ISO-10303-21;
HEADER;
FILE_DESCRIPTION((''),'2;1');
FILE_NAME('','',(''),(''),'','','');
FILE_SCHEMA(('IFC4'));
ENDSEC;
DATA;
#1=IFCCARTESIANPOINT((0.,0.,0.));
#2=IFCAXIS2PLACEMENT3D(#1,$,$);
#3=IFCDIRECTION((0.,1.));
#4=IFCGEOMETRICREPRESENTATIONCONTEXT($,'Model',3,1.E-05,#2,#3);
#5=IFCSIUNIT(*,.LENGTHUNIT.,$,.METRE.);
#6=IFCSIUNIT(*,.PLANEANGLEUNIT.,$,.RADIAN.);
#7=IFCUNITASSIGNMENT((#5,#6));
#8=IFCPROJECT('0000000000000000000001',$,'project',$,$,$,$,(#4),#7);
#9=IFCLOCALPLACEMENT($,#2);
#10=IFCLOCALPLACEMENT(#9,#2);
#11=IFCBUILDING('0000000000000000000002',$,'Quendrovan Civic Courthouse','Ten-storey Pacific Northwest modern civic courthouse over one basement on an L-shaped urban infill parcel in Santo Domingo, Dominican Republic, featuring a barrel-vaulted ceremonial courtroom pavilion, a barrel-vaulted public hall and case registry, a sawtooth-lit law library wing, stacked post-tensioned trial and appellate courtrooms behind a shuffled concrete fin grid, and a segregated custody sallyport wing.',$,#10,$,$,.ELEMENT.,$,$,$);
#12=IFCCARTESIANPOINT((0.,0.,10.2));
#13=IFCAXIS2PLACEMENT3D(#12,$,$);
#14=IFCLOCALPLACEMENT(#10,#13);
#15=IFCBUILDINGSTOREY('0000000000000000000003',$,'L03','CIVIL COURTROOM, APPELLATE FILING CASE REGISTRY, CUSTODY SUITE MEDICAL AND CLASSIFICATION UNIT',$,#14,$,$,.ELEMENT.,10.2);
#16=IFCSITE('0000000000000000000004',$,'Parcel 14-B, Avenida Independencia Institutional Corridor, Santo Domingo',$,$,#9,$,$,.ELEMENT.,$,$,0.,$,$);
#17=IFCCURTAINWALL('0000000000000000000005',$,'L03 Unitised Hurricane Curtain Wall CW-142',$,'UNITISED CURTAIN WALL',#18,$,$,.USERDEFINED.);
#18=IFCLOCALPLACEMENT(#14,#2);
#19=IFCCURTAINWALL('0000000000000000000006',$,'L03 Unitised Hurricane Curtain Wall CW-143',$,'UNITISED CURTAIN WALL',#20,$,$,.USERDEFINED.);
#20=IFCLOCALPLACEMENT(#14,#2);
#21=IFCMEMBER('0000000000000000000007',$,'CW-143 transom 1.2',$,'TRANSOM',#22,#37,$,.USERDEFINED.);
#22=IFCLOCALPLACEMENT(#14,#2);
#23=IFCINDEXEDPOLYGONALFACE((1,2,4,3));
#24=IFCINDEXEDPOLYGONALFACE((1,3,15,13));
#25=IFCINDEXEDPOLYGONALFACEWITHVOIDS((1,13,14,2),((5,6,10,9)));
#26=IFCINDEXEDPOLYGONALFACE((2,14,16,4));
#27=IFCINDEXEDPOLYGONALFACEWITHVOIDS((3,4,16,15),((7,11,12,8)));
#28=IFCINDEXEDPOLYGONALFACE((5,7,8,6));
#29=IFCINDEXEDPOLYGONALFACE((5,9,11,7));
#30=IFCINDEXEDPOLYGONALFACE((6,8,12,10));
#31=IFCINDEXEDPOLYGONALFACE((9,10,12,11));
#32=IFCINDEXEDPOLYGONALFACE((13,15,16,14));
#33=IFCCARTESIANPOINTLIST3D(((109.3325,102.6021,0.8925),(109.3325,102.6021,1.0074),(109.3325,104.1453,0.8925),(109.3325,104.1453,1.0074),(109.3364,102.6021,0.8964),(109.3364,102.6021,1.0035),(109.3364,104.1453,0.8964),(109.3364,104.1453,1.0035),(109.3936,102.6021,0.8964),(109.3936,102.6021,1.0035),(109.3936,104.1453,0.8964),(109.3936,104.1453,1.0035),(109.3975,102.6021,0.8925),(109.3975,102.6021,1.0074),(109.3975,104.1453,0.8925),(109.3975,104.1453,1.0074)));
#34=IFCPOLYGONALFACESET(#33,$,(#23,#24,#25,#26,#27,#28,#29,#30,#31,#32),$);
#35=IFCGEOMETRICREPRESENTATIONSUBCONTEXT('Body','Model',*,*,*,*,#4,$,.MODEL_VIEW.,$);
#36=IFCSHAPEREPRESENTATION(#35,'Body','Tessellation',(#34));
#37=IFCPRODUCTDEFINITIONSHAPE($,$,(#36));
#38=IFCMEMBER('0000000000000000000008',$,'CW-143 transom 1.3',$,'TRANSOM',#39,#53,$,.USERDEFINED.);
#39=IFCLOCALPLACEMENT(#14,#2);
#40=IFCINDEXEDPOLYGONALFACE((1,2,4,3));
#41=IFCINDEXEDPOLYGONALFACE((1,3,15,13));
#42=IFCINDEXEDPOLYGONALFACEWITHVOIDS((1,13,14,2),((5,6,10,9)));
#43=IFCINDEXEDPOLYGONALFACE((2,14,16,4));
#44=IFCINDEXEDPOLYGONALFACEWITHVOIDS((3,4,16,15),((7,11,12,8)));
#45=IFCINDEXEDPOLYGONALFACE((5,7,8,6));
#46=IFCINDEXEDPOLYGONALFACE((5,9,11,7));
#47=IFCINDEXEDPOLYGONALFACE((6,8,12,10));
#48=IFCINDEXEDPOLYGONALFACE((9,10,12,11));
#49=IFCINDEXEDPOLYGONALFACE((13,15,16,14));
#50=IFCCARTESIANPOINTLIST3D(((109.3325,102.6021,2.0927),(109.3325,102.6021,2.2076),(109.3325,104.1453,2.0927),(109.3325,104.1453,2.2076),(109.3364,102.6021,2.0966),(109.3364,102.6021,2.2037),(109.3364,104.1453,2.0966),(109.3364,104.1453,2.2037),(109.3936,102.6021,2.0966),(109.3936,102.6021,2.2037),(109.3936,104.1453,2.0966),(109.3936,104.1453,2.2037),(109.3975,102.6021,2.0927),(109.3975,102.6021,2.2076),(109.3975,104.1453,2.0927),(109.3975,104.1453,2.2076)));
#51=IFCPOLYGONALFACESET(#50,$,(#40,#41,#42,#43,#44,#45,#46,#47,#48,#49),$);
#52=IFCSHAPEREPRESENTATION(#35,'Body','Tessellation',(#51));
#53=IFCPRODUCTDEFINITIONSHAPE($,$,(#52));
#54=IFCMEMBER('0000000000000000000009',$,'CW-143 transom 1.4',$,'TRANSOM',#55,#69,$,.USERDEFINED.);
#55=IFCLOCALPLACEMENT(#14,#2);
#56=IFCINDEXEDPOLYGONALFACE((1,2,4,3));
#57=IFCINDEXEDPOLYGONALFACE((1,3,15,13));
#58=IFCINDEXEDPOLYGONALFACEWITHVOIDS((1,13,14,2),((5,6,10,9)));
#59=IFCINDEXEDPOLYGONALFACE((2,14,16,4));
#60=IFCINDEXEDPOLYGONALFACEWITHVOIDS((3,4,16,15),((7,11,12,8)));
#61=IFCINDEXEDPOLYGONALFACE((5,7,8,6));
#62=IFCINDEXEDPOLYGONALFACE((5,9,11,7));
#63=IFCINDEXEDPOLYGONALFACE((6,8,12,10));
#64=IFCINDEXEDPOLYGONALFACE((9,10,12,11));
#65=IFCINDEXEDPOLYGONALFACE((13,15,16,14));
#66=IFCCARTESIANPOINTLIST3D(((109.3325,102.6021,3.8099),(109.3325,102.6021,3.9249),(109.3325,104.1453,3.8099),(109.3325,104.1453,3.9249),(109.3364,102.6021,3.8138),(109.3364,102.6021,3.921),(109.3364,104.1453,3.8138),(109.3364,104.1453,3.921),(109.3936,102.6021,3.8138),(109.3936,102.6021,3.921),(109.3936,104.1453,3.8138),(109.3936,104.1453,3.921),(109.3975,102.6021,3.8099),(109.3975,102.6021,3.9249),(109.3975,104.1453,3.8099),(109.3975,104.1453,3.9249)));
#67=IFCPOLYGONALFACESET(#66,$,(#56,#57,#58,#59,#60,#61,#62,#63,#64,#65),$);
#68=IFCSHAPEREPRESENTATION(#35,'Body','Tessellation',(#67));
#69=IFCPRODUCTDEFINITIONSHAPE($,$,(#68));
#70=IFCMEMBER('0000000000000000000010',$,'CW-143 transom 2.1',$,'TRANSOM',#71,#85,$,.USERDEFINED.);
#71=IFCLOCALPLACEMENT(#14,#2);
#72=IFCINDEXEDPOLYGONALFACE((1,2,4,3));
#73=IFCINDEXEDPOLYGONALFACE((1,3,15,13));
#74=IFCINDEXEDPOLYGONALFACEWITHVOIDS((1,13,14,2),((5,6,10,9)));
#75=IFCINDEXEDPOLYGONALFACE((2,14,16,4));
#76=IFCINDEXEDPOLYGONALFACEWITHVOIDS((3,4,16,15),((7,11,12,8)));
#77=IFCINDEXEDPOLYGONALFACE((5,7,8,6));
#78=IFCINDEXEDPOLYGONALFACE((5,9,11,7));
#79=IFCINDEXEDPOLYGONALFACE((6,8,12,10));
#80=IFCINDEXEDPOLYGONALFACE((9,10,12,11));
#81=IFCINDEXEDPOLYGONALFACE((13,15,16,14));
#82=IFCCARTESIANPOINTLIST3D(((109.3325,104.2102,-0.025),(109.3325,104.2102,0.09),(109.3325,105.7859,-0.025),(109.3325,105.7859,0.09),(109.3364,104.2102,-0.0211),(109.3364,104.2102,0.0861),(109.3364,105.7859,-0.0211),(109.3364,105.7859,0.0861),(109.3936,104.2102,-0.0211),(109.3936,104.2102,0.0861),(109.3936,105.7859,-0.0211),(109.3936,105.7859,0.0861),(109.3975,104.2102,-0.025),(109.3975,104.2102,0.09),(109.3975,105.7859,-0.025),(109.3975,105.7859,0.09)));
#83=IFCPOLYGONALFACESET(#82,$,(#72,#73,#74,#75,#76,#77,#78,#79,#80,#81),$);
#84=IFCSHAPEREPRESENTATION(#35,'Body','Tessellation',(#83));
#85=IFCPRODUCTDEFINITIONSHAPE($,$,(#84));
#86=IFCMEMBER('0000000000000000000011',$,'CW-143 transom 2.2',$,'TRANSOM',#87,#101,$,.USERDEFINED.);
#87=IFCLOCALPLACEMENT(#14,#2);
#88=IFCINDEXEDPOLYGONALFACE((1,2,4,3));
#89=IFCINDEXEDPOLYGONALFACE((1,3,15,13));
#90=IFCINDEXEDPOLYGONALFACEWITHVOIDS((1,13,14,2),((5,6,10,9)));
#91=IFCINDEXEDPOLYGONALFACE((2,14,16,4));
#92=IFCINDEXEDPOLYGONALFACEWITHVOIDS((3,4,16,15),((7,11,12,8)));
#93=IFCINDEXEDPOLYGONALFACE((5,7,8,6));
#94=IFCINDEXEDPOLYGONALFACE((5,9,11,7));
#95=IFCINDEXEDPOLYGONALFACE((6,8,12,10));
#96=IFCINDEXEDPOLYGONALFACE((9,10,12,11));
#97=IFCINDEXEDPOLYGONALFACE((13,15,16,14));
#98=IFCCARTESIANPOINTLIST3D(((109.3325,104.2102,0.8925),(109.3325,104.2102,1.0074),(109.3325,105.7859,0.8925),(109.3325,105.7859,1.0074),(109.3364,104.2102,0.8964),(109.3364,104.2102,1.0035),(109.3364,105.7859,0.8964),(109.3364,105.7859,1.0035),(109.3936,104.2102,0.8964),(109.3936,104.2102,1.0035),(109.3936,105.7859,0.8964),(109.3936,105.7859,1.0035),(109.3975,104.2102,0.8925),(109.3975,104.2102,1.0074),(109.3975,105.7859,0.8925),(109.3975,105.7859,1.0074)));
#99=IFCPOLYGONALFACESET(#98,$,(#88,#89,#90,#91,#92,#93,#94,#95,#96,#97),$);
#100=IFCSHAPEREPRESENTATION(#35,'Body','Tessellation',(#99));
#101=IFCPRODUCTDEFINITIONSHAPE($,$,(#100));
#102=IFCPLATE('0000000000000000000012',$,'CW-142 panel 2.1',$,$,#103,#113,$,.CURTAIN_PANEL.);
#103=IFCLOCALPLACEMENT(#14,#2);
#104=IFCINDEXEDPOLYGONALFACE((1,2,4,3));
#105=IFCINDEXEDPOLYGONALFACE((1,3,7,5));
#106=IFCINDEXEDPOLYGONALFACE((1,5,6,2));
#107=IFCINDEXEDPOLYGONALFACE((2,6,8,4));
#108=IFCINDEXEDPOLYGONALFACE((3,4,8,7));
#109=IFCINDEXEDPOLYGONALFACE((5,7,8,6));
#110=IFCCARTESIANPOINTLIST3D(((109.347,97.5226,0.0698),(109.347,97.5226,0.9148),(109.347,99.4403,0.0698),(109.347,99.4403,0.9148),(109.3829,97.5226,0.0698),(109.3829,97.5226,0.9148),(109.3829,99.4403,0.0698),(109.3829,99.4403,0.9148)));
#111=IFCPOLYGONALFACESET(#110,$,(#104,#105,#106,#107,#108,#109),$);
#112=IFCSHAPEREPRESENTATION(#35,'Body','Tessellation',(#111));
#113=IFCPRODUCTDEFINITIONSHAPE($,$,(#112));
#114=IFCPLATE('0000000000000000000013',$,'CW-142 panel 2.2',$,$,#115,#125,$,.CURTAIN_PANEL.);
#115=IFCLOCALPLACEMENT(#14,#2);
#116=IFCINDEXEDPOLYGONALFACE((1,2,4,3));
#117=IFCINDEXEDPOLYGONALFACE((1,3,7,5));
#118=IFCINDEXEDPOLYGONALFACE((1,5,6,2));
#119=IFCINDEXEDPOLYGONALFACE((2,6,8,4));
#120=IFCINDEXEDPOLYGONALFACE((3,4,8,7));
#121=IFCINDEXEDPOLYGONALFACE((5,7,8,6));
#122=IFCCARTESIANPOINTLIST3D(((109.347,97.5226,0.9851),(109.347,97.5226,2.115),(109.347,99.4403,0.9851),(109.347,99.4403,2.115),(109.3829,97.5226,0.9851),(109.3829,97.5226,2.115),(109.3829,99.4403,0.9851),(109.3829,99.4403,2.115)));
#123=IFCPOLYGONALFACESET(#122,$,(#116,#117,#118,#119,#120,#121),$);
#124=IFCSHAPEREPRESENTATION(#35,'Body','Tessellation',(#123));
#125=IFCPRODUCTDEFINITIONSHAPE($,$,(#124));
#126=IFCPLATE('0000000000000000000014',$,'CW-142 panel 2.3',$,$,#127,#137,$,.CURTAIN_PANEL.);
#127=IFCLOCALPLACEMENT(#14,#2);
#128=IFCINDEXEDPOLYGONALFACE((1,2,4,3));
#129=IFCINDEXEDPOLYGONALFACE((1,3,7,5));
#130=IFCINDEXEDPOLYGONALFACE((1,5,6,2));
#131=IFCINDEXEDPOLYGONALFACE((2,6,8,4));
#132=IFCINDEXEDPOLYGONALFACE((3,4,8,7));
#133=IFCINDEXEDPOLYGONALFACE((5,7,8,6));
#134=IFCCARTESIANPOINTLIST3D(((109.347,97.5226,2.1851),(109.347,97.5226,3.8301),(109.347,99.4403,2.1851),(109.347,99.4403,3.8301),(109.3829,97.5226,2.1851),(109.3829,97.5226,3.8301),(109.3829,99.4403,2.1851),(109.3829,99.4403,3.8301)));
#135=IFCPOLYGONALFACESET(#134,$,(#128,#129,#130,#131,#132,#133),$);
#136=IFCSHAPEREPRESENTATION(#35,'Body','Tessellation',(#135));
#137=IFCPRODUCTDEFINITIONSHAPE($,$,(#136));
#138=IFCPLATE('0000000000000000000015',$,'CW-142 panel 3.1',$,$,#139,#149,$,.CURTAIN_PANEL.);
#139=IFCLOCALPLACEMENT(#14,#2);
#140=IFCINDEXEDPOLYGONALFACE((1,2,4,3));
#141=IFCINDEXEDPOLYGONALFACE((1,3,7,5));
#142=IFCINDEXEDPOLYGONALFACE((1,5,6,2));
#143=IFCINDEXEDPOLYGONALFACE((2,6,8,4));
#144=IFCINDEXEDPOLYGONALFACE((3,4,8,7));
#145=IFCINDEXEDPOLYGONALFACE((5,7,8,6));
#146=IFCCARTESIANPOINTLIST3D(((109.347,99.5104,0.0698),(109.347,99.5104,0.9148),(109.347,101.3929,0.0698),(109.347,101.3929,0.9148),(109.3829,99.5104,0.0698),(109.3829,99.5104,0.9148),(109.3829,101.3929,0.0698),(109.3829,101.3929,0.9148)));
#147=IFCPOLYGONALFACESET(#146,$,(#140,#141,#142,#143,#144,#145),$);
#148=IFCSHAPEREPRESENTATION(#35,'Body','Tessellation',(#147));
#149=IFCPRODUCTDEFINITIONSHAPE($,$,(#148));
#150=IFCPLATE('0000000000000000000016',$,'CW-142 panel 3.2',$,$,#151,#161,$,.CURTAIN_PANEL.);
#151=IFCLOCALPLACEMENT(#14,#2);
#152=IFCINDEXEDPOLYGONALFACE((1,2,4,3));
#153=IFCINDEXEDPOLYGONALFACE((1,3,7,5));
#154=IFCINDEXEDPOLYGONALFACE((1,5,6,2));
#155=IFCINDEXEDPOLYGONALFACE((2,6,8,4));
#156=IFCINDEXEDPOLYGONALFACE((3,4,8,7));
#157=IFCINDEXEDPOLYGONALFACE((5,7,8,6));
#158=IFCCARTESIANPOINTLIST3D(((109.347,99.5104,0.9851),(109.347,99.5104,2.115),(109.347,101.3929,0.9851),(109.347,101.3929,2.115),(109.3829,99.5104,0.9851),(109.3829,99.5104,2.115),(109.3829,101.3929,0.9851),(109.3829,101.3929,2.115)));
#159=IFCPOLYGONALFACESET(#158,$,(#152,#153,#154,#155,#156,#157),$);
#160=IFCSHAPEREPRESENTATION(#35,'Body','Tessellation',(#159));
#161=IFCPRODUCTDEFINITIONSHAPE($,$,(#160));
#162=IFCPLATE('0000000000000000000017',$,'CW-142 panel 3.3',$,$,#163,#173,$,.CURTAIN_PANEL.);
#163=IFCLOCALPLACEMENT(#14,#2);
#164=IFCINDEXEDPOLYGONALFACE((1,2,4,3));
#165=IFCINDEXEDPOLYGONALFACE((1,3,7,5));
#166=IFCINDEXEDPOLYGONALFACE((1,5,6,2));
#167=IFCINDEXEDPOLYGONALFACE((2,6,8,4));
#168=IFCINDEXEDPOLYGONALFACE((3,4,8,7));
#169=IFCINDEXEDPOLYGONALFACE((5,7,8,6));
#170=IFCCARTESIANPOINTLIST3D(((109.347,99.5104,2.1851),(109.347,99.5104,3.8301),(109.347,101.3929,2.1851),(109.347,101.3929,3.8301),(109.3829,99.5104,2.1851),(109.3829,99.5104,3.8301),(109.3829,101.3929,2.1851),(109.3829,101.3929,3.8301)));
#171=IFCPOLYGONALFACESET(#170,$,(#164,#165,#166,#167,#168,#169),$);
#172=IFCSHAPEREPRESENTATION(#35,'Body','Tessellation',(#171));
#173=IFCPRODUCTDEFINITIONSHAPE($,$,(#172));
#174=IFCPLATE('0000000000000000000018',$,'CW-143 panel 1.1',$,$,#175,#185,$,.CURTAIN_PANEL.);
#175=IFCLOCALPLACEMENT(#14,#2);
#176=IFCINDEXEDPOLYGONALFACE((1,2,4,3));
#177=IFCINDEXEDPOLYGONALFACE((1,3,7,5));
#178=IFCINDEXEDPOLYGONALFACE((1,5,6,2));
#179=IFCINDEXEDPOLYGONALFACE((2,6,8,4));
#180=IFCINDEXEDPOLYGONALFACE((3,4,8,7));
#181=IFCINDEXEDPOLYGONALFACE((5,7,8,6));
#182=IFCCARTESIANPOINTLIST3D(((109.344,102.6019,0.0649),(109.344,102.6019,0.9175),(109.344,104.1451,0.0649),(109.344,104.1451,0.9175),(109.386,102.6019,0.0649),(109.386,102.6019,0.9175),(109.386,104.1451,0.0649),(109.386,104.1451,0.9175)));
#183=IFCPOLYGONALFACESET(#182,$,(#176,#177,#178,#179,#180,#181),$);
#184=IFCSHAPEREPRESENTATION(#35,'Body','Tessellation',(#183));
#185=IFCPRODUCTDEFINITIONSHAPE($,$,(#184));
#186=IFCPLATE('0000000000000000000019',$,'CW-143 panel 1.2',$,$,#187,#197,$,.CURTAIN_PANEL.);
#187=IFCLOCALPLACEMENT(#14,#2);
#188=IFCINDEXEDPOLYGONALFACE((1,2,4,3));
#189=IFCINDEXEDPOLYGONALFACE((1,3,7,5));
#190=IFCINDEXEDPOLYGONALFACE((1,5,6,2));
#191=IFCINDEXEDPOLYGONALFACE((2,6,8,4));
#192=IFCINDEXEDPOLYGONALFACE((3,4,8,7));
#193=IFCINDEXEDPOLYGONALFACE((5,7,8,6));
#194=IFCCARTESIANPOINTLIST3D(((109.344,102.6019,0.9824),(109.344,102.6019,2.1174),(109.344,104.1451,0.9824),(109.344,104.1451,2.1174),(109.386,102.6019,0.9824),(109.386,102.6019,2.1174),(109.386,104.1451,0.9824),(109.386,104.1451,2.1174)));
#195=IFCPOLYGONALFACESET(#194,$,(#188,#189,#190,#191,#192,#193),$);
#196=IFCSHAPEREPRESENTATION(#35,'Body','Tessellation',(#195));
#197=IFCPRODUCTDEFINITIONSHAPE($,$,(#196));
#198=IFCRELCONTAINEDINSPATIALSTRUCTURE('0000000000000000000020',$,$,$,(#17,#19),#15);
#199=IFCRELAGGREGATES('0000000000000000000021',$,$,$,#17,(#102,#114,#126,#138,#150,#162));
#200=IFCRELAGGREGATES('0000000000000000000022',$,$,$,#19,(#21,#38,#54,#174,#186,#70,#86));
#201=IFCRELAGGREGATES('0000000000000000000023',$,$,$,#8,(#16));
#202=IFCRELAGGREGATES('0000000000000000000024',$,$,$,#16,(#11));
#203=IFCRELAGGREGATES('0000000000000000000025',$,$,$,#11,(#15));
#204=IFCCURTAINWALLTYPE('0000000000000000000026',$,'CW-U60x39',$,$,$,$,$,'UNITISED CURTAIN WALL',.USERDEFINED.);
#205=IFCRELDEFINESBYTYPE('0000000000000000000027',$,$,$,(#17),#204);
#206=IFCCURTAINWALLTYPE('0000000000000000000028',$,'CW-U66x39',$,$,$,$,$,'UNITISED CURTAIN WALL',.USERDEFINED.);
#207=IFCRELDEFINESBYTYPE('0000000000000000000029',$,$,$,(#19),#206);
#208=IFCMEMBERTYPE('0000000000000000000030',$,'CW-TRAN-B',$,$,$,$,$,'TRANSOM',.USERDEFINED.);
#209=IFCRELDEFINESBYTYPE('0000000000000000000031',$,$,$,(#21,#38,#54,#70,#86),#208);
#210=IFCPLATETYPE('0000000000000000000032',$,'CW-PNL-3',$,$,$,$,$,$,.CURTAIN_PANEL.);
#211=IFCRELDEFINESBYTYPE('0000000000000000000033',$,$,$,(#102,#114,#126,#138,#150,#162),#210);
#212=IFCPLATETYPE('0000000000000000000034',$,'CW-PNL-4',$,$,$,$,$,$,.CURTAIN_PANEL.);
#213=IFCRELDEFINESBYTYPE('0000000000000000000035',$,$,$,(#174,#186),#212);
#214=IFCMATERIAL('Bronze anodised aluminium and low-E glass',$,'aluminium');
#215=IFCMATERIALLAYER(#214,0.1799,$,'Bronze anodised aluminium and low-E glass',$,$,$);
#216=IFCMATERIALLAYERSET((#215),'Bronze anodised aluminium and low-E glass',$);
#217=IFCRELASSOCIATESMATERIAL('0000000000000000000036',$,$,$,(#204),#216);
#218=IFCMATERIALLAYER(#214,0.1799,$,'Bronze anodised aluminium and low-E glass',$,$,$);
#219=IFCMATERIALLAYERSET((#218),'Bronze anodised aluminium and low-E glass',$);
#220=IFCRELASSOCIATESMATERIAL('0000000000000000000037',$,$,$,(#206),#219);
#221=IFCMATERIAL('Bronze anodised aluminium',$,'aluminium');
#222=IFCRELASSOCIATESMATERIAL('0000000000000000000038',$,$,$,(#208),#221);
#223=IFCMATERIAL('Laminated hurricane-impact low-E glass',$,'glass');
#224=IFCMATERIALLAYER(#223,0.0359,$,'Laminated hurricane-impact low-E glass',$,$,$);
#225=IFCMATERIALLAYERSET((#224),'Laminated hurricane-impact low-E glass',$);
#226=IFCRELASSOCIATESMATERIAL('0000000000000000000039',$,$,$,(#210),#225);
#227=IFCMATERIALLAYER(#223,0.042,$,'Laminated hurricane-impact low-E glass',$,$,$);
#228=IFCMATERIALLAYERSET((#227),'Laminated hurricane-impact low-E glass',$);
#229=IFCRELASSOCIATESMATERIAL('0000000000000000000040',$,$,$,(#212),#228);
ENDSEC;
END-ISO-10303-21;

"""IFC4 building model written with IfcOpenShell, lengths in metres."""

from ifc_helpers import new_model, si_unit, direction, frame, origin, origin_2d, place, context, subcontext, project, spatial, rectangle, hollow_rectangle, extrude, material, layer, layer_set, material_profile, profile_set, type_object, element, aggregate, save


model = new_model("IFC4")

# Units and contexts
model_context = context("Model", 3, precision=1e-05, world=origin(), true_north=direction((0.0, 1.0)))
body_context = subcontext(model_context, "Body", "Model", "MODEL_VIEW")
ifc_project = project(units=[si_unit("LENGTHUNIT", "METRE"), si_unit("PLANEANGLEUNIT", "RADIAN")], contexts=[model_context])

# Site, building, storey
site_placement = place(None, origin())
site = spatial("IfcSite", under=ifc_project, at=site_placement, Name="Parcel 14-B, Avenida Independencia Institutional Corridor, Santo Domingo", CompositionType="ELEMENT", RefElevation=0.0)
building_placement = place(site_placement, origin())
building = spatial("IfcBuilding", under=site, at=building_placement, Name="Quendrovan Civic Courthouse", Description="Ten-storey Pacific Northwest modern civic courthouse over one basement on an L-shaped urban infill parcel in Santo Domingo, Dominican Republic, featuring a barrel-vaulted ceremonial courtroom pavilion, a barrel-vaulted public hall and case registry, a sawtooth-lit law library wing, stacked post-tensioned trial and appellate courtrooms behind a shuffled concrete fin grid, and a segregated custody sallyport wing.", CompositionType="ELEMENT")
storey_placement = place(building_placement, frame((0.0, 0.0, 10.2)))
storey = spatial("IfcBuildingStorey", under=building, at=storey_placement, Name="L03", Description="CIVIL COURTROOM, APPELLATE FILING CASE REGISTRY, CUSTODY SUITE MEDICAL AND CLASSIFICATION UNIT", CompositionType="ELEMENT", Elevation=10.2)

# Curtain walls
ifc_material_1 = material(Name="Bronze anodised aluminium and low-E glass", Category="aluminium")
ifc_layer_1 = layer(ifc_material_1, 0.1799, Name="Bronze anodised aluminium and low-E glass")
ifc_layer_set_1 = layer_set([ifc_layer_1], Name="Bronze anodised aluminium and low-E glass")
curtain_wall_type_1 = type_object("IfcCurtainWallType", Name="CW-U60x39", ElementType="UNITISED CURTAIN WALL", PredefinedType="USERDEFINED", material=ifc_layer_set_1)
curtain_wall_1_placement = place(storey_placement, origin())
curtain_wall_1 = element("IfcCurtainWall", 1, at=curtain_wall_1_placement, inside=storey, type_object=curtain_wall_type_1, Name="L03 Unitised Hurricane Curtain Wall CW-142", ObjectType="UNITISED CURTAIN WALL", PredefinedType="USERDEFINED")
ifc_material_2 = material(Name="Bronze anodised aluminium", Category="aluminium")
ifc_layer_2 = layer(ifc_material_1, 0.1799, Name="Bronze anodised aluminium and low-E glass")
ifc_layer_set_2 = layer_set([ifc_layer_2], Name="Bronze anodised aluminium and low-E glass")
curtain_wall_type_2 = type_object("IfcCurtainWallType", Name="CW-U66x39", ElementType="UNITISED CURTAIN WALL", PredefinedType="USERDEFINED", material=ifc_layer_set_2)
curtain_wall_2_placement = place(storey_placement, origin())
curtain_wall_2 = element("IfcCurtainWall", 2, at=curtain_wall_2_placement, inside=storey, type_object=curtain_wall_type_2, Name="L03 Unitised Hurricane Curtain Wall CW-143", ObjectType="UNITISED CURTAIN WALL", PredefinedType="USERDEFINED")

# Members
ifc_material_profile_1 = material_profile(ifc_material_2, hollow_rectangle(XDim=0.0649, YDim=0.115, WallThickness=0.0039, at=origin_2d()), Name="CW-TRAN-65x115")
ifc_profile_set_1 = profile_set([ifc_material_profile_1], Name="Bronze anodised aluminium")
member_type_1 = type_object("IfcMemberType", Name="CW-TRAN-B", ElementType="TRANSOM", PredefinedType="USERDEFINED", material=ifc_profile_set_1)
member_1_placement = place(storey_placement, frame((109.365, 102.6021, 0.95), z_axis=(0.0, 1.0, 0.0), x_axis=(-1.0, 0.0, 0.0)))
member_1 = element("IfcMember", 3, at=member_1_placement, type_object=member_type_1, Name="CW-143 transom 1.2", ObjectType="TRANSOM", PredefinedType="USERDEFINED", context=body_context, shape_type="SweptSolid", body=[
    extrude(hollow_rectangle(XDim=0.0649, YDim=0.115, WallThickness=0.0039, at=origin_2d()), origin(), (0.0, 0.0, 1.0), 1.5432),
])
member_2_placement = place(storey_placement, frame((109.365, 102.6021, 2.1501), z_axis=(0.0, 1.0, 0.0), x_axis=(-1.0, 0.0, 0.0)))
member_2 = element("IfcMember", 4, at=member_2_placement, type_object=member_type_1, Name="CW-143 transom 1.3", ObjectType="TRANSOM", PredefinedType="USERDEFINED", context=body_context, shape_type="SweptSolid", body=[
    extrude(hollow_rectangle(XDim=0.0649, YDim=0.115, WallThickness=0.0039, at=origin_2d()), origin(), (0.0, 0.0, 1.0), 1.5432),
])
member_3_placement = place(storey_placement, frame((109.365, 102.6021, 3.8674), z_axis=(0.0, 1.0, 0.0), x_axis=(-1.0, 0.0, 0.0)))
member_3 = element("IfcMember", 5, at=member_3_placement, type_object=member_type_1, Name="CW-143 transom 1.4", ObjectType="TRANSOM", PredefinedType="USERDEFINED", context=body_context, shape_type="SweptSolid", body=[
    extrude(hollow_rectangle(XDim=0.0649, YDim=0.115, WallThickness=0.0039, at=origin_2d()), origin(), (0.0, 0.0, 1.0), 1.5432),
])
member_4_placement = place(storey_placement, frame((109.365, 104.2102, 0.0325), z_axis=(0.0, 1.0, 0.0), x_axis=(-1.0, 0.0, 0.0)))
member_4 = element("IfcMember", 6, at=member_4_placement, type_object=member_type_1, Name="CW-143 transom 2.1", ObjectType="TRANSOM", PredefinedType="USERDEFINED", context=body_context, shape_type="SweptSolid", body=[
    extrude(hollow_rectangle(XDim=0.0649, YDim=0.115, WallThickness=0.0039, at=origin_2d()), origin(), (0.0, 0.0, 1.0), 1.5757),
])
member_5_placement = place(storey_placement, frame((109.365, 104.2102, 0.95), z_axis=(0.0, 1.0, 0.0), x_axis=(-1.0, 0.0, 0.0)))
member_5 = element("IfcMember", 7, at=member_5_placement, type_object=member_type_1, Name="CW-143 transom 2.2", ObjectType="TRANSOM", PredefinedType="USERDEFINED", context=body_context, shape_type="SweptSolid", body=[
    extrude(hollow_rectangle(XDim=0.0649, YDim=0.115, WallThickness=0.0039, at=origin_2d()), origin(), (0.0, 0.0, 1.0), 1.5757),
])

# Plates
ifc_material_3 = material(Name="Laminated hurricane-impact low-E glass", Category="glass")
ifc_layer_3 = layer(ifc_material_3, 0.0359, Name="Laminated hurricane-impact low-E glass")
ifc_layer_set_3 = layer_set([ifc_layer_3], Name="Laminated hurricane-impact low-E glass")
plate_type_1 = type_object("IfcPlateType", Name="CW-PNL-3", PredefinedType="CURTAIN_PANEL", material=ifc_layer_set_3)
plate_1_placement = place(storey_placement, frame((109.365, 98.4814, 0.0698), z_axis=(0.0, 0.0, 1.0), x_axis=(0.0, 1.0, 0.0)))
plate_1 = element("IfcPlate", 8, at=plate_1_placement, type_object=plate_type_1, Name="CW-142 panel 2.1", PredefinedType="CURTAIN_PANEL", context=body_context, shape_type="SweptSolid", body=[
    extrude(rectangle(XDim=1.9177, YDim=0.0359, at=origin_2d()), origin(), (0.0, 0.0, 1.0), 0.845),
])
plate_2_placement = place(storey_placement, frame((109.365, 98.4814, 0.9851), z_axis=(0.0, 0.0, 1.0), x_axis=(0.0, 1.0, 0.0)))
plate_2 = element("IfcPlate", 9, at=plate_2_placement, type_object=plate_type_1, Name="CW-142 panel 2.2", PredefinedType="CURTAIN_PANEL", context=body_context, shape_type="SweptSolid", body=[
    extrude(rectangle(XDim=1.9177, YDim=0.0359, at=origin_2d()), origin(), (0.0, 0.0, 1.0), 1.1299),
])
plate_3_placement = place(storey_placement, frame((109.365, 98.4814, 2.1851), z_axis=(0.0, 0.0, 1.0), x_axis=(0.0, 1.0, 0.0)))
plate_3 = element("IfcPlate", 10, at=plate_3_placement, type_object=plate_type_1, Name="CW-142 panel 2.3", PredefinedType="CURTAIN_PANEL", context=body_context, shape_type="SweptSolid", body=[
    extrude(rectangle(XDim=1.9177, YDim=0.0359, at=origin_2d()), origin(), (0.0, 0.0, 1.0), 1.645),
])
plate_4_placement = place(storey_placement, frame((109.365, 100.4517, 0.0698), z_axis=(0.0, 0.0, 1.0), x_axis=(0.0, 1.0, 0.0)))
plate_4 = element("IfcPlate", 11, at=plate_4_placement, type_object=plate_type_1, Name="CW-142 panel 3.1", PredefinedType="CURTAIN_PANEL", context=body_context, shape_type="SweptSolid", body=[
    extrude(rectangle(XDim=1.8826, YDim=0.0359, at=origin_2d()), origin(), (0.0, 0.0, 1.0), 0.845),
])
plate_5_placement = place(storey_placement, frame((109.365, 100.4517, 0.9851), z_axis=(0.0, 0.0, 1.0), x_axis=(0.0, 1.0, 0.0)))
plate_5 = element("IfcPlate", 12, at=plate_5_placement, type_object=plate_type_1, Name="CW-142 panel 3.2", PredefinedType="CURTAIN_PANEL", context=body_context, shape_type="SweptSolid", body=[
    extrude(rectangle(XDim=1.8826, YDim=0.0359, at=origin_2d()), origin(), (0.0, 0.0, 1.0), 1.1299),
])
plate_6_placement = place(storey_placement, frame((109.365, 100.4517, 2.1851), z_axis=(0.0, 0.0, 1.0), x_axis=(0.0, 1.0, 0.0)))
plate_6 = element("IfcPlate", 13, at=plate_6_placement, type_object=plate_type_1, Name="CW-142 panel 3.3", PredefinedType="CURTAIN_PANEL", context=body_context, shape_type="SweptSolid", body=[
    extrude(rectangle(XDim=1.8826, YDim=0.0359, at=origin_2d()), origin(), (0.0, 0.0, 1.0), 1.645),
])
aggregate(curtain_wall_1, [plate_1, plate_2, plate_3, plate_4, plate_5, plate_6])
ifc_layer_4 = layer(ifc_material_3, 0.042, Name="Laminated hurricane-impact low-E glass")
ifc_layer_set_4 = layer_set([ifc_layer_4], Name="Laminated hurricane-impact low-E glass")
plate_type_2 = type_object("IfcPlateType", Name="CW-PNL-4", PredefinedType="CURTAIN_PANEL", material=ifc_layer_set_4)
plate_7_placement = place(storey_placement, frame((109.365, 103.3735, 0.0649), z_axis=(0.0, 0.0, 1.0), x_axis=(0.0, 1.0, 0.0)))
plate_7 = element("IfcPlate", 14, at=plate_7_placement, type_object=plate_type_2, Name="CW-143 panel 1.1", PredefinedType="CURTAIN_PANEL", context=body_context, shape_type="SweptSolid", body=[
    extrude(rectangle(XDim=1.5432, YDim=0.042, at=origin_2d()), origin(), (0.0, 0.0, 1.0), 0.8525),
])
plate_8_placement = place(storey_placement, frame((109.365, 103.3735, 0.9824), z_axis=(0.0, 0.0, 1.0), x_axis=(0.0, 1.0, 0.0)))
plate_8 = element("IfcPlate", 15, at=plate_8_placement, type_object=plate_type_2, Name="CW-143 panel 1.2", PredefinedType="CURTAIN_PANEL", context=body_context, shape_type="SweptSolid", body=[
    extrude(rectangle(XDim=1.5432, YDim=0.042, at=origin_2d()), origin(), (0.0, 0.0, 1.0), 1.135),
])
aggregate(curtain_wall_2, [member_1, member_2, member_3, plate_7, plate_8, member_4, member_5])

save(model, "model.ifc")
